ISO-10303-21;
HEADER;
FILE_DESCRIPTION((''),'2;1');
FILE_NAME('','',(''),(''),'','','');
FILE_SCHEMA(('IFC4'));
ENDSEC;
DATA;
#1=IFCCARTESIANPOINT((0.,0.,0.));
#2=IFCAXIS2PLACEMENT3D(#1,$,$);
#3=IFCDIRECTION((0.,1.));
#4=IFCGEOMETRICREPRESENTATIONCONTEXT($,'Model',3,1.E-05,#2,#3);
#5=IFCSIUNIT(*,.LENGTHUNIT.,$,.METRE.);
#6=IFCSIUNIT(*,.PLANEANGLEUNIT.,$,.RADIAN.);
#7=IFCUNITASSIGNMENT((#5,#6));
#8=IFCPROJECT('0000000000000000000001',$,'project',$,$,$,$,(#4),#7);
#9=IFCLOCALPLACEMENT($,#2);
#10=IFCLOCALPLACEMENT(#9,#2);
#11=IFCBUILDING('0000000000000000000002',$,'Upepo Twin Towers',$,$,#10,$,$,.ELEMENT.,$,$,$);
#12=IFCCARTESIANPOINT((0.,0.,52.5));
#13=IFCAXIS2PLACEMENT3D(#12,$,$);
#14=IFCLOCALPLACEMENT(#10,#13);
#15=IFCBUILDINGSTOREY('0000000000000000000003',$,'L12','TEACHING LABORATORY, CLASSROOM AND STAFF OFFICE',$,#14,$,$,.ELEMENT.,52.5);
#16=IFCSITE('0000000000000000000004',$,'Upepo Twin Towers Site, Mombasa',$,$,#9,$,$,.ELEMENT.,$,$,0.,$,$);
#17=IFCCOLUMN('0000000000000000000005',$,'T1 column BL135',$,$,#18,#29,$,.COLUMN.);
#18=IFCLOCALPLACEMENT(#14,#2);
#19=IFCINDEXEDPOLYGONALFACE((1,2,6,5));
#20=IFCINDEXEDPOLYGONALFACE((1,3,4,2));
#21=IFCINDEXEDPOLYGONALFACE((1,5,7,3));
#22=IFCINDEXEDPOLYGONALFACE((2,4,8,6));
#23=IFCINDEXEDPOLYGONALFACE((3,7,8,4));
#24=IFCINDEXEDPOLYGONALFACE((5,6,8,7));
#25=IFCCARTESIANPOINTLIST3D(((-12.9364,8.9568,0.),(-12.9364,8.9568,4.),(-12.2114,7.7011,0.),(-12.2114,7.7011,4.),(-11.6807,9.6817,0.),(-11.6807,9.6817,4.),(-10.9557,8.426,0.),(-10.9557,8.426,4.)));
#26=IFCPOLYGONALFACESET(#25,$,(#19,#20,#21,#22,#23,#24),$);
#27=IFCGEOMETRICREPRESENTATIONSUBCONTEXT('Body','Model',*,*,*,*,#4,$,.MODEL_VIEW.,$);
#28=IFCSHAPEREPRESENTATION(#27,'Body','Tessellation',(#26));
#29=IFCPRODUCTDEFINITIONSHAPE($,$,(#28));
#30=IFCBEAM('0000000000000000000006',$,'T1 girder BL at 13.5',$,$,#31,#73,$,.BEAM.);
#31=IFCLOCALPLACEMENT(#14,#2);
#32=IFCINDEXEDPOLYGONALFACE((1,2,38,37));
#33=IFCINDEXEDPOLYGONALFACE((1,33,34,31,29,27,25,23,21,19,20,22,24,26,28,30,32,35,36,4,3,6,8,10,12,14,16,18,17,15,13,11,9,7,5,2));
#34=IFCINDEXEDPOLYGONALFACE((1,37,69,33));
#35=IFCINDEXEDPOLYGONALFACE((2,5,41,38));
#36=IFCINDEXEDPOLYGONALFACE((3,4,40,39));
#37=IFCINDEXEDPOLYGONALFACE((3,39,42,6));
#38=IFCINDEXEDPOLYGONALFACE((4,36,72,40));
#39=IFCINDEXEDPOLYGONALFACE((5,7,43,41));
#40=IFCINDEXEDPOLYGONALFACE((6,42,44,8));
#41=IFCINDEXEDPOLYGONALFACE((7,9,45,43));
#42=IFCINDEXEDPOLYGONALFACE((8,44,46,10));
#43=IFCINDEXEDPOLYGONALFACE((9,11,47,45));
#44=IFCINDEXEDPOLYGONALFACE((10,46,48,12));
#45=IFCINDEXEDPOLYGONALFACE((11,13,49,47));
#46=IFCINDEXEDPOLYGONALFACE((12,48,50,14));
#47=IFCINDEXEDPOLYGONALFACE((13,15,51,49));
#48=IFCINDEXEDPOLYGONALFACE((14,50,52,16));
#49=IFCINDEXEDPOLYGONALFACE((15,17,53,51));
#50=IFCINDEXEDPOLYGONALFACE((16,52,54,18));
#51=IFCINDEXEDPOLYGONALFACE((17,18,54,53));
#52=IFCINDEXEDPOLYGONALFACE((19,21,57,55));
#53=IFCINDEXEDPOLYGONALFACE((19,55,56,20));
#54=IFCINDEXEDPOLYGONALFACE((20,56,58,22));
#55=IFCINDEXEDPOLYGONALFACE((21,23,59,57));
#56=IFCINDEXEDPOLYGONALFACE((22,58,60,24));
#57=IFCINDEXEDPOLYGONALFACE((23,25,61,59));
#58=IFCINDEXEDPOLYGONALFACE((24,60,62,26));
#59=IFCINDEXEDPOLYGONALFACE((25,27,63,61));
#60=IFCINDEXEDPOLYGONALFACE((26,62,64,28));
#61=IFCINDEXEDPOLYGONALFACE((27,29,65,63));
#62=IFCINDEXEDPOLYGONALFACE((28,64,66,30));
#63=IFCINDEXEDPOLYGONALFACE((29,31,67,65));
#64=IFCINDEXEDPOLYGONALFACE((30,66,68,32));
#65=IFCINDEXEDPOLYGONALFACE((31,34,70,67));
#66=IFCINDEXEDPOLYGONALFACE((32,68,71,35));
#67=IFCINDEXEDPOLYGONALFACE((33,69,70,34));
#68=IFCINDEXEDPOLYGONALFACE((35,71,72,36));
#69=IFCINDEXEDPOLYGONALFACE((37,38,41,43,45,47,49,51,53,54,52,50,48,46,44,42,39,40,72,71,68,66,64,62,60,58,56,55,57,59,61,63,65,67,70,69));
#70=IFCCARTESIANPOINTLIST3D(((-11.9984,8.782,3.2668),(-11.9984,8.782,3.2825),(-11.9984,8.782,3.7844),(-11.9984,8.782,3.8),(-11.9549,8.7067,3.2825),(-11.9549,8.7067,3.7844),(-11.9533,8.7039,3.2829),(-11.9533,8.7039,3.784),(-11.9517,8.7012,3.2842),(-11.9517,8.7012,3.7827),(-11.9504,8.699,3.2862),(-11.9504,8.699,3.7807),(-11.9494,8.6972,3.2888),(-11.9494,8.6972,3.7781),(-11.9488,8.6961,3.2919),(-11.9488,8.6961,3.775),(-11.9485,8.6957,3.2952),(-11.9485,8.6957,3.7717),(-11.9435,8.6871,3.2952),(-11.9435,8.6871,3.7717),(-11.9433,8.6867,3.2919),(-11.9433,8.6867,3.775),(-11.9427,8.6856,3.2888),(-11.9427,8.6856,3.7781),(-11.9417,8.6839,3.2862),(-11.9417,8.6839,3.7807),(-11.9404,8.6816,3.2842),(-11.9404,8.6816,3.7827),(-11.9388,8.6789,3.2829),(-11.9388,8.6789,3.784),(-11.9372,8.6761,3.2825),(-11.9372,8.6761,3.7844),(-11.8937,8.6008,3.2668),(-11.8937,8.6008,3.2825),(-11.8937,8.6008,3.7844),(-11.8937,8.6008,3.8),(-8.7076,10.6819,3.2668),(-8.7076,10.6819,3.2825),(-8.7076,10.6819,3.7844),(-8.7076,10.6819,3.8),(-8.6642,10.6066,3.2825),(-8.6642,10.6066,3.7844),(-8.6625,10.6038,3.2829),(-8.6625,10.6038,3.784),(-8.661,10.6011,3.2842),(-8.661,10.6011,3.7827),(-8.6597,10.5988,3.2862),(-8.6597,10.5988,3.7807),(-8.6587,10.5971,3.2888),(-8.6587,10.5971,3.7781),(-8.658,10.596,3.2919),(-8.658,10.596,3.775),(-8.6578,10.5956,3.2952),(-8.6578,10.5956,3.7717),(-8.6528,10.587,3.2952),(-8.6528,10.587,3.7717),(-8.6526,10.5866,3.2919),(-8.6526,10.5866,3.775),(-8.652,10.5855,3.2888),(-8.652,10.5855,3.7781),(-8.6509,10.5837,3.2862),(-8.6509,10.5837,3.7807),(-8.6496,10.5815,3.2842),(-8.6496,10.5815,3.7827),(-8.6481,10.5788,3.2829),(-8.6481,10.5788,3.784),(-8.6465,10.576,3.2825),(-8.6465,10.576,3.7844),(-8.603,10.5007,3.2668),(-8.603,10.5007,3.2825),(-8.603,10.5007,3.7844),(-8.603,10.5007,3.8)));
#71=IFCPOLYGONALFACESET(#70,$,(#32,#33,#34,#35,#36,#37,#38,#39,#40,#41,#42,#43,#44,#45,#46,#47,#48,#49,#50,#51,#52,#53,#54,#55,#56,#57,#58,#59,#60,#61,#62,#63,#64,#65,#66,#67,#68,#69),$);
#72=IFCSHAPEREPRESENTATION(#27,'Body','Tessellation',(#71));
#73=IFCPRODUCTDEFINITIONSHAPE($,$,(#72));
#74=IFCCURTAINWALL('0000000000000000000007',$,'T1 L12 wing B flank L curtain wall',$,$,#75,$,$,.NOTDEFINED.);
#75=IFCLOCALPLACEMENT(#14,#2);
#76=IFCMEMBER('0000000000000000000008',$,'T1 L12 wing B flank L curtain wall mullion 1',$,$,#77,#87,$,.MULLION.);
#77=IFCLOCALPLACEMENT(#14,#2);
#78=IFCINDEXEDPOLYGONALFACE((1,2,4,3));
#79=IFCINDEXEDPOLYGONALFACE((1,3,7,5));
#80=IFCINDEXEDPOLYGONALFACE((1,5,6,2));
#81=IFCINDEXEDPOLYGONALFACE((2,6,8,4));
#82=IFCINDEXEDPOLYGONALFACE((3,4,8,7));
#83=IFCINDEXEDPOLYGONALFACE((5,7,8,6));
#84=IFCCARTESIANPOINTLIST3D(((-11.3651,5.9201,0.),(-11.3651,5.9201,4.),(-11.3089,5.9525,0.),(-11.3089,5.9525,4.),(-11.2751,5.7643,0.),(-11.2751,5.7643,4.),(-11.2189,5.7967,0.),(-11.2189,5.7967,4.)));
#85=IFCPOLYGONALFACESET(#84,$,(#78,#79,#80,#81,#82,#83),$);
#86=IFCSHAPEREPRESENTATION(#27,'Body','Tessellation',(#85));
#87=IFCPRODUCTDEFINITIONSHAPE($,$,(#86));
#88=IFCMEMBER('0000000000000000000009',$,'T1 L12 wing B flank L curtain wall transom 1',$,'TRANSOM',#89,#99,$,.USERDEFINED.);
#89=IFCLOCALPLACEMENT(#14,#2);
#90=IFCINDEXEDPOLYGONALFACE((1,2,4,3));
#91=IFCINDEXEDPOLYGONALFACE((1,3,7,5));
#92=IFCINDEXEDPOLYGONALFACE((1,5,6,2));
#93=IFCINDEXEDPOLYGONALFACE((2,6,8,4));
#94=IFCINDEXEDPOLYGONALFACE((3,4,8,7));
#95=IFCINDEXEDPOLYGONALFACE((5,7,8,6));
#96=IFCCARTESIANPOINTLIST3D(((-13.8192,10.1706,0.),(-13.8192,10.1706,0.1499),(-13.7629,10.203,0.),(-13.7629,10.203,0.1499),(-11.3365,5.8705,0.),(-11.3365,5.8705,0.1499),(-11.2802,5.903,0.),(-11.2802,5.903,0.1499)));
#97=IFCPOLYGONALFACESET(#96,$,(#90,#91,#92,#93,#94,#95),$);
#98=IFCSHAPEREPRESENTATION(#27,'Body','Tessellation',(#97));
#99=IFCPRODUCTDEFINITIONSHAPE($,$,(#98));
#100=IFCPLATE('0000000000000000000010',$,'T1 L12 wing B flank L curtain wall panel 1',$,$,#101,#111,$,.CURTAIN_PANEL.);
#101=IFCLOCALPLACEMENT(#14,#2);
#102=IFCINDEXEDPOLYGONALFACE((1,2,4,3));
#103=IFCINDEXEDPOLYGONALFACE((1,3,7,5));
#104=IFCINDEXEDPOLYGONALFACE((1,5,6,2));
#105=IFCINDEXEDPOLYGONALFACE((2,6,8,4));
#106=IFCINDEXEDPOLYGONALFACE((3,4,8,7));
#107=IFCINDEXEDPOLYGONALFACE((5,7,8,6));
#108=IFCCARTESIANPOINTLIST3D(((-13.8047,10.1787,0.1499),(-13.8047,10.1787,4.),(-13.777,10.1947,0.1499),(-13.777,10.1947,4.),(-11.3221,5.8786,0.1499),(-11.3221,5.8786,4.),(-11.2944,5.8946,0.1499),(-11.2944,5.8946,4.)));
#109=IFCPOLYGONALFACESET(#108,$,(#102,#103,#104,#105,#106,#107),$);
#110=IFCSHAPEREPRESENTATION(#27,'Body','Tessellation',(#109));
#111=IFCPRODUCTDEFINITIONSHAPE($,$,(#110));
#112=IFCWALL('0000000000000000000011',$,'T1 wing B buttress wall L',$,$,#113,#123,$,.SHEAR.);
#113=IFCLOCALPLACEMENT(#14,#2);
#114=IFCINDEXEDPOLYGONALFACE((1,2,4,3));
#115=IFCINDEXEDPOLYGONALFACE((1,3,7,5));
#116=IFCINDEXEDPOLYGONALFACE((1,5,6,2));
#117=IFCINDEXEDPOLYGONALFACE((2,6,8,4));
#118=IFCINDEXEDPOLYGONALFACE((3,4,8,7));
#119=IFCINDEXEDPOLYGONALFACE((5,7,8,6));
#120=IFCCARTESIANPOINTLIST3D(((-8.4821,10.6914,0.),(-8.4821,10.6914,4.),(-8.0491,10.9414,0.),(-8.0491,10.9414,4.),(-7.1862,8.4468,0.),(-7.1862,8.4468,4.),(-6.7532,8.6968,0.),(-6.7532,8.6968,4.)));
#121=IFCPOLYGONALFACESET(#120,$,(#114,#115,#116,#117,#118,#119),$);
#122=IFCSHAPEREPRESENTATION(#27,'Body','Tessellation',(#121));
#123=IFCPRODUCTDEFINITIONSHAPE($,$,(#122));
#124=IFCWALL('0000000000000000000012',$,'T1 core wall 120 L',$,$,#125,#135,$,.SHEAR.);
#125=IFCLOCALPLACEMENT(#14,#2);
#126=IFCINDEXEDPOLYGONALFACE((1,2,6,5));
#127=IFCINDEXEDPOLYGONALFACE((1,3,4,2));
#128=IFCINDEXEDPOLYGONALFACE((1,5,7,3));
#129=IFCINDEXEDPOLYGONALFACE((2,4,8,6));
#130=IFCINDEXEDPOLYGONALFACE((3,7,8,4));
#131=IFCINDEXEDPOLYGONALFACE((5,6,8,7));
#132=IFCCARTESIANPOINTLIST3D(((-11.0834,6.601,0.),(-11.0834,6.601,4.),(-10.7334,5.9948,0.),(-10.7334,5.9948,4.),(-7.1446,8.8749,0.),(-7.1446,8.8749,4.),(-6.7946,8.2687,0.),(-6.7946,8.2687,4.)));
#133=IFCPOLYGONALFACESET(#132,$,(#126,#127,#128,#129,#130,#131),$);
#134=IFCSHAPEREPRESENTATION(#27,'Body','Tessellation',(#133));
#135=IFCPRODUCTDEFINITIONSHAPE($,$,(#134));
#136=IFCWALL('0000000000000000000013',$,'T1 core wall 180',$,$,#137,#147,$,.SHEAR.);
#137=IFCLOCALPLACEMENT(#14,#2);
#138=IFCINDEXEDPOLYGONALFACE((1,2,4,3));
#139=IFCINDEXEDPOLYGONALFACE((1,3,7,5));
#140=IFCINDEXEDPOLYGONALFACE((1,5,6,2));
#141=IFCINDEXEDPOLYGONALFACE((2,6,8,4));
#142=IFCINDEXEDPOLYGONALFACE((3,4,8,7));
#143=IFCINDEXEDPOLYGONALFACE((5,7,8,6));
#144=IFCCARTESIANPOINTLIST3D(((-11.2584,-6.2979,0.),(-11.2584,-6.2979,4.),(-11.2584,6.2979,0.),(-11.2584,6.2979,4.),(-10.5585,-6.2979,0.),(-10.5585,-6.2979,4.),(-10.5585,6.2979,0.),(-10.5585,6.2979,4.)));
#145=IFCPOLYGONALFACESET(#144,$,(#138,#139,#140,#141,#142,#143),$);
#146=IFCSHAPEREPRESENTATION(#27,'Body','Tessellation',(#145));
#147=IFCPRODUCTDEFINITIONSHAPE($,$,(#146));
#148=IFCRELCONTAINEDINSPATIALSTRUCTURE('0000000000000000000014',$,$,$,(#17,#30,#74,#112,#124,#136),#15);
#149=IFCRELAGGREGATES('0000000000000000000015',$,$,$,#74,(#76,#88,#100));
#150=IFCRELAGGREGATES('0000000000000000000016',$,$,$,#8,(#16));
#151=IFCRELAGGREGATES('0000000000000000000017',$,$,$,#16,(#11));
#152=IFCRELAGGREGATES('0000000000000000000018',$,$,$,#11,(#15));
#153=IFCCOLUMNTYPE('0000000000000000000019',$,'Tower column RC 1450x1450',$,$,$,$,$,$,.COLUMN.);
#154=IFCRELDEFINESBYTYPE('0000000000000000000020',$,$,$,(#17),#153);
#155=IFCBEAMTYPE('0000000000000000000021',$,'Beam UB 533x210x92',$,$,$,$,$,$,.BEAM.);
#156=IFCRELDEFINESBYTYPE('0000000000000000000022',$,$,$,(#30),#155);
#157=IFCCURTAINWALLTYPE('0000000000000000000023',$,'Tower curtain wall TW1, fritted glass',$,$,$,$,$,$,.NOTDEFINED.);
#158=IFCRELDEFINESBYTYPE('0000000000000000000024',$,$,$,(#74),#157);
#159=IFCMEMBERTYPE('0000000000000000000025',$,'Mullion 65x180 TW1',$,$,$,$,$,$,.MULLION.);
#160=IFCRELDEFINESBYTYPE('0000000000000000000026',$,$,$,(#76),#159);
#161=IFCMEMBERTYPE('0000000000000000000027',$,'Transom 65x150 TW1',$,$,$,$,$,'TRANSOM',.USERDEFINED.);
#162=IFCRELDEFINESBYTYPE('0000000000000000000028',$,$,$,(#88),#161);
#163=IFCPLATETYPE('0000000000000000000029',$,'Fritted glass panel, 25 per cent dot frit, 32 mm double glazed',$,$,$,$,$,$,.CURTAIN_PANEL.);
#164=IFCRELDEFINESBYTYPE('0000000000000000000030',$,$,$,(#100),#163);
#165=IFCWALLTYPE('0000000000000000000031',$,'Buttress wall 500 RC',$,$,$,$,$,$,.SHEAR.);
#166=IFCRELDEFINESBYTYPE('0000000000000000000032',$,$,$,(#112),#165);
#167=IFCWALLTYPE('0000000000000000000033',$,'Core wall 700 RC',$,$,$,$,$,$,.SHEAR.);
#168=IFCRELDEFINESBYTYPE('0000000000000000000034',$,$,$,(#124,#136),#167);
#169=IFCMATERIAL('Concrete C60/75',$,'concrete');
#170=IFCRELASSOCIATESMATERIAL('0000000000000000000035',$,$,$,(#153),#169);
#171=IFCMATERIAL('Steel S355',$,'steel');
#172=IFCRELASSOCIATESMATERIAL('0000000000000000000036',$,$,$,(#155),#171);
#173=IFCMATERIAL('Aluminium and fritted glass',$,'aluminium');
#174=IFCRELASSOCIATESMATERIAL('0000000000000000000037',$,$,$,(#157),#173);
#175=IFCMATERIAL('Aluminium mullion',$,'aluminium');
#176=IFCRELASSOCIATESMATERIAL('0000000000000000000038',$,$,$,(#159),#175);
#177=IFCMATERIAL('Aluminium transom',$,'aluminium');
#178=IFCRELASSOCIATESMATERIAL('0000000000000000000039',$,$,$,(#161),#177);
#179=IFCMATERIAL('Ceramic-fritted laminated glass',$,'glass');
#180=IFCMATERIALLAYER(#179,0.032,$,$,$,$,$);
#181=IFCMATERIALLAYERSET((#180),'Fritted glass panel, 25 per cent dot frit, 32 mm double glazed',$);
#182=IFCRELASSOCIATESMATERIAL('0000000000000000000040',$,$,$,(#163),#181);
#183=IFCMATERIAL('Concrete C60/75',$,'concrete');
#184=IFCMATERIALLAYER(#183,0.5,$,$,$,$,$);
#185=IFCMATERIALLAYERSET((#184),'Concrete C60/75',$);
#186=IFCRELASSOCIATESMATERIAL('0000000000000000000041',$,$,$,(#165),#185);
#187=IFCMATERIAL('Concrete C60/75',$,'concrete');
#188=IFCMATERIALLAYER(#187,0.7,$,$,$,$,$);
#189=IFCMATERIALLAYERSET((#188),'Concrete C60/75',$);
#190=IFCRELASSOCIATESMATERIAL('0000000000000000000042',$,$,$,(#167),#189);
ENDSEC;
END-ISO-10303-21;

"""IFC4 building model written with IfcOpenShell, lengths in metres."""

from ifc_helpers import new_model, si_unit, direction, frame, frame_2d, origin, origin_2d, place, context, subcontext, project, spatial, rectangle, i_section, extrude, material, layer, layer_set, material_profile, profile_set, type_object, element, aggregate, save


model = new_model("IFC4")

# Units and contexts
model_context = context("Model", 3, precision=1e-05, world=origin(), true_north=direction((0.0, 1.0)))
body_context = subcontext(model_context, "Body", "Model", "MODEL_VIEW")
ifc_project = project(units=[si_unit("LENGTHUNIT", "METRE"), si_unit("PLANEANGLEUNIT", "RADIAN")], contexts=[model_context])

# Site, building, storey
site_placement = place(None, origin())
site = spatial("IfcSite", under=ifc_project, at=site_placement, Name="Upepo Twin Towers Site, Mombasa", CompositionType="ELEMENT", RefElevation=0.0)
building_placement = place(site_placement, origin())
building = spatial("IfcBuilding", under=site, at=building_placement, Name="Upepo Twin Towers", CompositionType="ELEMENT")
storey_placement = place(building_placement, frame((0.0, 0.0, 52.5)))
storey = spatial("IfcBuildingStorey", under=building, at=storey_placement, Name="L12", Description="TEACHING LABORATORY, CLASSROOM AND STAFF OFFICE", CompositionType="ELEMENT", Elevation=52.5)

# Column
ifc_material_1 = material(Name="Concrete C60/75", Category="concrete")
ifc_material_profile_1 = material_profile(ifc_material_1, rectangle(XDim=1.45, YDim=1.45, at=origin_2d()), Name="RC 1450x1450")
ifc_profile_set_1 = profile_set([ifc_material_profile_1], Name="Concrete C60/75")
column_type = type_object("IfcColumnType", Name="Tower column RC 1450x1450", PredefinedType="COLUMN", material=ifc_profile_set_1)
column_placement = place(storey_placement, frame((-11.946, 8.6914, 0.0), z_axis=(0.0, 0.0, 1.0), x_axis=(0.866025, 0.5, 0.0)))
element("IfcColumn", 1, at=column_placement, inside=storey, type_object=column_type, Name="T1 column BL135", PredefinedType="COLUMN", context=body_context, shape_type="SweptSolid", body=[
    extrude(rectangle(XDim=1.45, YDim=1.45, at=origin_2d()), origin(), (0.0, 0.0, 1.0), 4.0),
])

# Beam
ifc_material_2 = material(Name="Steel S355", Category="steel")
ifc_material_profile_2 = material_profile(ifc_material_2, i_section(OverallWidth=0.2092, OverallDepth=0.5332, WebThickness=0.01, FlangeThickness=0.0156, FilletRadius=0.0127, at=origin_2d()), Name="UB 533x210x92")
ifc_profile_set_2 = profile_set([ifc_material_profile_2], Name="Steel S355")
beam_type = type_object("IfcBeamType", Name="Beam UB 533x210x92", PredefinedType="BEAM", material=ifc_profile_set_2)
beam_placement = place(storey_placement, frame((-11.946, 8.6914, 3.5334), z_axis=(0.866028, 0.499995, 0.0), x_axis=(-0.499995, 0.866028, 0.0)))
element("IfcBeam", 2, at=beam_placement, inside=storey, type_object=beam_type, Name="T1 girder BL at 13.5", PredefinedType="BEAM", context=body_context, shape_type="SweptSolid", body=[
    extrude(i_section(OverallWidth=0.2092, OverallDepth=0.5332, WebThickness=0.01, FlangeThickness=0.0156, FilletRadius=0.0127, at=origin_2d()), origin(), (0.0, 0.0, 1.0), 3.7998),
])

# Curtain wall, members, plate
ifc_material_3 = material(Name="Aluminium and fritted glass", Category="aluminium")
curtain_wall_type = type_object("IfcCurtainWallType", Name="Tower curtain wall TW1, fritted glass", PredefinedType="NOTDEFINED", material=ifc_material_3)
curtain_wall_placement = place(storey_placement, origin())
curtain_wall = element("IfcCurtainWall", 3, at=curtain_wall_placement, inside=storey, type_object=curtain_wall_type, Name="T1 L12 wing B flank L curtain wall", PredefinedType="NOTDEFINED")
ifc_material_4 = material(Name="Aluminium mullion", Category="aluminium")
ifc_material_profile_3 = material_profile(ifc_material_4, rectangle(XDim=0.0649, YDim=0.1799, at=origin_2d()), Name="MULLION 65x180")
ifc_profile_set_3 = profile_set([ifc_material_profile_3], Name="Aluminium mullion")
member_type_1 = type_object("IfcMemberType", Name="Mullion 65x180 TW1", PredefinedType="MULLION", material=ifc_profile_set_3)
member_1_placement = place(storey_placement, frame((-11.292, 5.8584, 0.0), z_axis=(0.0, 0.0, 1.0), x_axis=(-0.866025, -0.5, 0.0)))
member_1 = element("IfcMember", 4, at=member_1_placement, type_object=member_type_1, Name="T1 L12 wing B flank L curtain wall mullion 1", PredefinedType="MULLION", context=body_context, shape_type="SweptSolid", body=[
    extrude(rectangle(XDim=0.0649, YDim=0.1799, at=origin_2d()), origin(), (0.0, 0.0, 1.0), 4.0),
])
ifc_material_5 = material(Name="Aluminium transom", Category="aluminium")
ifc_material_profile_4 = material_profile(ifc_material_5, rectangle(XDim=0.0649, YDim=0.1499, at=origin_2d()), Name="TRANSOM 65x150")
ifc_profile_set_4 = profile_set([ifc_material_profile_4], Name="Aluminium transom")
member_type_2 = type_object("IfcMemberType", Name="Transom 65x150 TW1", ElementType="TRANSOM", PredefinedType="USERDEFINED", material=ifc_profile_set_4)
member_2_placement = place(storey_placement, frame((-11.3083, 5.8867, 0.075), z_axis=(-0.500005, 0.866023, 0.0), x_axis=(-0.866023, -0.500005, 0.0)))
member_2 = element("IfcMember", 5, at=member_2_placement, type_object=member_type_2, Name="T1 L12 wing B flank L curtain wall transom 1", ObjectType="TRANSOM", PredefinedType="USERDEFINED", context=body_context, shape_type="SweptSolid", body=[
    extrude(rectangle(XDim=0.0649, YDim=0.1499, at=origin_2d()), origin(), (0.0, 0.0, 1.0), 4.9653),
])
ifc_material_6 = material(Name="Ceramic-fritted laminated glass", Category="glass")
ifc_layer_1 = layer(ifc_material_6, 0.032)
ifc_layer_set_1 = layer_set([ifc_layer_1], Name="Fritted glass panel, 25 per cent dot frit, 32 mm double glazed")
plate_type = type_object("IfcPlateType", Name="Fritted glass panel, 25 per cent dot frit, 32 mm double glazed", PredefinedType="CURTAIN_PANEL", material=ifc_layer_set_1)
plate_placement = place(storey_placement, frame((-12.5496, 8.0366, 0.1499), z_axis=(0.0, 0.0, 1.0), x_axis=(-0.5, 0.866025, 0.0)))
plate = element("IfcPlate", 6, at=plate_placement, type_object=plate_type, Name="T1 L12 wing B flank L curtain wall panel 1", PredefinedType="CURTAIN_PANEL", context=body_context, shape_type="SweptSolid", body=[
    extrude(rectangle(XDim=4.9653, YDim=0.032, at=origin_2d()), origin(), (0.0, 0.0, 1.0), 3.8501),
])
aggregate(curtain_wall, [member_1, member_2, plate])

# Walls
ifc_material_7 = material(Name="Concrete C60/75", Category="concrete")
ifc_layer_2 = layer(ifc_material_7, 0.5)
ifc_layer_set_2 = layer_set([ifc_layer_2], Name="Concrete C60/75")
wall_type_1 = type_object("IfcWallType", Name="Buttress wall 500 RC", PredefinedType="SHEAR", material=ifc_layer_set_2)
wall_1_placement = place(storey_placement, frame((-6.9697, 8.5718, 0.0), z_axis=(0.0, 0.0, 1.0), x_axis=(-0.499989, 0.866032, 0.0)))
element("IfcWall", 7, at=wall_1_placement, inside=storey, type_object=wall_type_1, Name="T1 wing B buttress wall L", PredefinedType="SHEAR", context=body_context, shape_type="SweptSolid", body=[
    extrude(rectangle(XDim=2.5918, YDim=0.5, at=frame_2d((1.2959, 0.0))), origin(), (0.0, 0.0, 1.0), 4.0),
])
ifc_material_8 = material(Name="Concrete C60/75", Category="concrete")
ifc_layer_3 = layer(ifc_material_8, 0.7)
ifc_layer_set_3 = layer_set([ifc_layer_3], Name="Concrete C60/75")
wall_type_2 = type_object("IfcWallType", Name="Core wall 700 RC", PredefinedType="SHEAR", material=ifc_layer_set_3)
wall_2_placement = place(storey_placement, frame((-6.9697, 8.5718, 0.0), z_axis=(0.0, 0.0, 1.0), x_axis=(-0.866035, -0.499984, 0.0)))
element("IfcWall", 8, at=wall_2_placement, inside=storey, type_object=wall_type_2, Name="T1 core wall 120 L", PredefinedType="SHEAR", context=body_context, shape_type="SweptSolid", body=[
    extrude(rectangle(XDim=4.5481, YDim=0.7, at=frame_2d((2.2739, 0.0))), origin(), (0.0, 0.0, 1.0), 4.0),
])
wall_3_placement = place(storey_placement, frame((-10.9084, 6.2979, 0.0), z_axis=(0.0, 0.0, 1.0), x_axis=(0.0, -1.0, 0.0)))
element("IfcWall", 9, at=wall_3_placement, inside=storey, type_object=wall_type_2, Name="T1 core wall 180", PredefinedType="SHEAR", context=body_context, shape_type="SweptSolid", body=[
    extrude(rectangle(XDim=12.5957, YDim=0.7, at=frame_2d((6.2979, 0.0))), origin(), (0.0, 0.0, 1.0), 4.0),
])

save(model, "model.ifc")
